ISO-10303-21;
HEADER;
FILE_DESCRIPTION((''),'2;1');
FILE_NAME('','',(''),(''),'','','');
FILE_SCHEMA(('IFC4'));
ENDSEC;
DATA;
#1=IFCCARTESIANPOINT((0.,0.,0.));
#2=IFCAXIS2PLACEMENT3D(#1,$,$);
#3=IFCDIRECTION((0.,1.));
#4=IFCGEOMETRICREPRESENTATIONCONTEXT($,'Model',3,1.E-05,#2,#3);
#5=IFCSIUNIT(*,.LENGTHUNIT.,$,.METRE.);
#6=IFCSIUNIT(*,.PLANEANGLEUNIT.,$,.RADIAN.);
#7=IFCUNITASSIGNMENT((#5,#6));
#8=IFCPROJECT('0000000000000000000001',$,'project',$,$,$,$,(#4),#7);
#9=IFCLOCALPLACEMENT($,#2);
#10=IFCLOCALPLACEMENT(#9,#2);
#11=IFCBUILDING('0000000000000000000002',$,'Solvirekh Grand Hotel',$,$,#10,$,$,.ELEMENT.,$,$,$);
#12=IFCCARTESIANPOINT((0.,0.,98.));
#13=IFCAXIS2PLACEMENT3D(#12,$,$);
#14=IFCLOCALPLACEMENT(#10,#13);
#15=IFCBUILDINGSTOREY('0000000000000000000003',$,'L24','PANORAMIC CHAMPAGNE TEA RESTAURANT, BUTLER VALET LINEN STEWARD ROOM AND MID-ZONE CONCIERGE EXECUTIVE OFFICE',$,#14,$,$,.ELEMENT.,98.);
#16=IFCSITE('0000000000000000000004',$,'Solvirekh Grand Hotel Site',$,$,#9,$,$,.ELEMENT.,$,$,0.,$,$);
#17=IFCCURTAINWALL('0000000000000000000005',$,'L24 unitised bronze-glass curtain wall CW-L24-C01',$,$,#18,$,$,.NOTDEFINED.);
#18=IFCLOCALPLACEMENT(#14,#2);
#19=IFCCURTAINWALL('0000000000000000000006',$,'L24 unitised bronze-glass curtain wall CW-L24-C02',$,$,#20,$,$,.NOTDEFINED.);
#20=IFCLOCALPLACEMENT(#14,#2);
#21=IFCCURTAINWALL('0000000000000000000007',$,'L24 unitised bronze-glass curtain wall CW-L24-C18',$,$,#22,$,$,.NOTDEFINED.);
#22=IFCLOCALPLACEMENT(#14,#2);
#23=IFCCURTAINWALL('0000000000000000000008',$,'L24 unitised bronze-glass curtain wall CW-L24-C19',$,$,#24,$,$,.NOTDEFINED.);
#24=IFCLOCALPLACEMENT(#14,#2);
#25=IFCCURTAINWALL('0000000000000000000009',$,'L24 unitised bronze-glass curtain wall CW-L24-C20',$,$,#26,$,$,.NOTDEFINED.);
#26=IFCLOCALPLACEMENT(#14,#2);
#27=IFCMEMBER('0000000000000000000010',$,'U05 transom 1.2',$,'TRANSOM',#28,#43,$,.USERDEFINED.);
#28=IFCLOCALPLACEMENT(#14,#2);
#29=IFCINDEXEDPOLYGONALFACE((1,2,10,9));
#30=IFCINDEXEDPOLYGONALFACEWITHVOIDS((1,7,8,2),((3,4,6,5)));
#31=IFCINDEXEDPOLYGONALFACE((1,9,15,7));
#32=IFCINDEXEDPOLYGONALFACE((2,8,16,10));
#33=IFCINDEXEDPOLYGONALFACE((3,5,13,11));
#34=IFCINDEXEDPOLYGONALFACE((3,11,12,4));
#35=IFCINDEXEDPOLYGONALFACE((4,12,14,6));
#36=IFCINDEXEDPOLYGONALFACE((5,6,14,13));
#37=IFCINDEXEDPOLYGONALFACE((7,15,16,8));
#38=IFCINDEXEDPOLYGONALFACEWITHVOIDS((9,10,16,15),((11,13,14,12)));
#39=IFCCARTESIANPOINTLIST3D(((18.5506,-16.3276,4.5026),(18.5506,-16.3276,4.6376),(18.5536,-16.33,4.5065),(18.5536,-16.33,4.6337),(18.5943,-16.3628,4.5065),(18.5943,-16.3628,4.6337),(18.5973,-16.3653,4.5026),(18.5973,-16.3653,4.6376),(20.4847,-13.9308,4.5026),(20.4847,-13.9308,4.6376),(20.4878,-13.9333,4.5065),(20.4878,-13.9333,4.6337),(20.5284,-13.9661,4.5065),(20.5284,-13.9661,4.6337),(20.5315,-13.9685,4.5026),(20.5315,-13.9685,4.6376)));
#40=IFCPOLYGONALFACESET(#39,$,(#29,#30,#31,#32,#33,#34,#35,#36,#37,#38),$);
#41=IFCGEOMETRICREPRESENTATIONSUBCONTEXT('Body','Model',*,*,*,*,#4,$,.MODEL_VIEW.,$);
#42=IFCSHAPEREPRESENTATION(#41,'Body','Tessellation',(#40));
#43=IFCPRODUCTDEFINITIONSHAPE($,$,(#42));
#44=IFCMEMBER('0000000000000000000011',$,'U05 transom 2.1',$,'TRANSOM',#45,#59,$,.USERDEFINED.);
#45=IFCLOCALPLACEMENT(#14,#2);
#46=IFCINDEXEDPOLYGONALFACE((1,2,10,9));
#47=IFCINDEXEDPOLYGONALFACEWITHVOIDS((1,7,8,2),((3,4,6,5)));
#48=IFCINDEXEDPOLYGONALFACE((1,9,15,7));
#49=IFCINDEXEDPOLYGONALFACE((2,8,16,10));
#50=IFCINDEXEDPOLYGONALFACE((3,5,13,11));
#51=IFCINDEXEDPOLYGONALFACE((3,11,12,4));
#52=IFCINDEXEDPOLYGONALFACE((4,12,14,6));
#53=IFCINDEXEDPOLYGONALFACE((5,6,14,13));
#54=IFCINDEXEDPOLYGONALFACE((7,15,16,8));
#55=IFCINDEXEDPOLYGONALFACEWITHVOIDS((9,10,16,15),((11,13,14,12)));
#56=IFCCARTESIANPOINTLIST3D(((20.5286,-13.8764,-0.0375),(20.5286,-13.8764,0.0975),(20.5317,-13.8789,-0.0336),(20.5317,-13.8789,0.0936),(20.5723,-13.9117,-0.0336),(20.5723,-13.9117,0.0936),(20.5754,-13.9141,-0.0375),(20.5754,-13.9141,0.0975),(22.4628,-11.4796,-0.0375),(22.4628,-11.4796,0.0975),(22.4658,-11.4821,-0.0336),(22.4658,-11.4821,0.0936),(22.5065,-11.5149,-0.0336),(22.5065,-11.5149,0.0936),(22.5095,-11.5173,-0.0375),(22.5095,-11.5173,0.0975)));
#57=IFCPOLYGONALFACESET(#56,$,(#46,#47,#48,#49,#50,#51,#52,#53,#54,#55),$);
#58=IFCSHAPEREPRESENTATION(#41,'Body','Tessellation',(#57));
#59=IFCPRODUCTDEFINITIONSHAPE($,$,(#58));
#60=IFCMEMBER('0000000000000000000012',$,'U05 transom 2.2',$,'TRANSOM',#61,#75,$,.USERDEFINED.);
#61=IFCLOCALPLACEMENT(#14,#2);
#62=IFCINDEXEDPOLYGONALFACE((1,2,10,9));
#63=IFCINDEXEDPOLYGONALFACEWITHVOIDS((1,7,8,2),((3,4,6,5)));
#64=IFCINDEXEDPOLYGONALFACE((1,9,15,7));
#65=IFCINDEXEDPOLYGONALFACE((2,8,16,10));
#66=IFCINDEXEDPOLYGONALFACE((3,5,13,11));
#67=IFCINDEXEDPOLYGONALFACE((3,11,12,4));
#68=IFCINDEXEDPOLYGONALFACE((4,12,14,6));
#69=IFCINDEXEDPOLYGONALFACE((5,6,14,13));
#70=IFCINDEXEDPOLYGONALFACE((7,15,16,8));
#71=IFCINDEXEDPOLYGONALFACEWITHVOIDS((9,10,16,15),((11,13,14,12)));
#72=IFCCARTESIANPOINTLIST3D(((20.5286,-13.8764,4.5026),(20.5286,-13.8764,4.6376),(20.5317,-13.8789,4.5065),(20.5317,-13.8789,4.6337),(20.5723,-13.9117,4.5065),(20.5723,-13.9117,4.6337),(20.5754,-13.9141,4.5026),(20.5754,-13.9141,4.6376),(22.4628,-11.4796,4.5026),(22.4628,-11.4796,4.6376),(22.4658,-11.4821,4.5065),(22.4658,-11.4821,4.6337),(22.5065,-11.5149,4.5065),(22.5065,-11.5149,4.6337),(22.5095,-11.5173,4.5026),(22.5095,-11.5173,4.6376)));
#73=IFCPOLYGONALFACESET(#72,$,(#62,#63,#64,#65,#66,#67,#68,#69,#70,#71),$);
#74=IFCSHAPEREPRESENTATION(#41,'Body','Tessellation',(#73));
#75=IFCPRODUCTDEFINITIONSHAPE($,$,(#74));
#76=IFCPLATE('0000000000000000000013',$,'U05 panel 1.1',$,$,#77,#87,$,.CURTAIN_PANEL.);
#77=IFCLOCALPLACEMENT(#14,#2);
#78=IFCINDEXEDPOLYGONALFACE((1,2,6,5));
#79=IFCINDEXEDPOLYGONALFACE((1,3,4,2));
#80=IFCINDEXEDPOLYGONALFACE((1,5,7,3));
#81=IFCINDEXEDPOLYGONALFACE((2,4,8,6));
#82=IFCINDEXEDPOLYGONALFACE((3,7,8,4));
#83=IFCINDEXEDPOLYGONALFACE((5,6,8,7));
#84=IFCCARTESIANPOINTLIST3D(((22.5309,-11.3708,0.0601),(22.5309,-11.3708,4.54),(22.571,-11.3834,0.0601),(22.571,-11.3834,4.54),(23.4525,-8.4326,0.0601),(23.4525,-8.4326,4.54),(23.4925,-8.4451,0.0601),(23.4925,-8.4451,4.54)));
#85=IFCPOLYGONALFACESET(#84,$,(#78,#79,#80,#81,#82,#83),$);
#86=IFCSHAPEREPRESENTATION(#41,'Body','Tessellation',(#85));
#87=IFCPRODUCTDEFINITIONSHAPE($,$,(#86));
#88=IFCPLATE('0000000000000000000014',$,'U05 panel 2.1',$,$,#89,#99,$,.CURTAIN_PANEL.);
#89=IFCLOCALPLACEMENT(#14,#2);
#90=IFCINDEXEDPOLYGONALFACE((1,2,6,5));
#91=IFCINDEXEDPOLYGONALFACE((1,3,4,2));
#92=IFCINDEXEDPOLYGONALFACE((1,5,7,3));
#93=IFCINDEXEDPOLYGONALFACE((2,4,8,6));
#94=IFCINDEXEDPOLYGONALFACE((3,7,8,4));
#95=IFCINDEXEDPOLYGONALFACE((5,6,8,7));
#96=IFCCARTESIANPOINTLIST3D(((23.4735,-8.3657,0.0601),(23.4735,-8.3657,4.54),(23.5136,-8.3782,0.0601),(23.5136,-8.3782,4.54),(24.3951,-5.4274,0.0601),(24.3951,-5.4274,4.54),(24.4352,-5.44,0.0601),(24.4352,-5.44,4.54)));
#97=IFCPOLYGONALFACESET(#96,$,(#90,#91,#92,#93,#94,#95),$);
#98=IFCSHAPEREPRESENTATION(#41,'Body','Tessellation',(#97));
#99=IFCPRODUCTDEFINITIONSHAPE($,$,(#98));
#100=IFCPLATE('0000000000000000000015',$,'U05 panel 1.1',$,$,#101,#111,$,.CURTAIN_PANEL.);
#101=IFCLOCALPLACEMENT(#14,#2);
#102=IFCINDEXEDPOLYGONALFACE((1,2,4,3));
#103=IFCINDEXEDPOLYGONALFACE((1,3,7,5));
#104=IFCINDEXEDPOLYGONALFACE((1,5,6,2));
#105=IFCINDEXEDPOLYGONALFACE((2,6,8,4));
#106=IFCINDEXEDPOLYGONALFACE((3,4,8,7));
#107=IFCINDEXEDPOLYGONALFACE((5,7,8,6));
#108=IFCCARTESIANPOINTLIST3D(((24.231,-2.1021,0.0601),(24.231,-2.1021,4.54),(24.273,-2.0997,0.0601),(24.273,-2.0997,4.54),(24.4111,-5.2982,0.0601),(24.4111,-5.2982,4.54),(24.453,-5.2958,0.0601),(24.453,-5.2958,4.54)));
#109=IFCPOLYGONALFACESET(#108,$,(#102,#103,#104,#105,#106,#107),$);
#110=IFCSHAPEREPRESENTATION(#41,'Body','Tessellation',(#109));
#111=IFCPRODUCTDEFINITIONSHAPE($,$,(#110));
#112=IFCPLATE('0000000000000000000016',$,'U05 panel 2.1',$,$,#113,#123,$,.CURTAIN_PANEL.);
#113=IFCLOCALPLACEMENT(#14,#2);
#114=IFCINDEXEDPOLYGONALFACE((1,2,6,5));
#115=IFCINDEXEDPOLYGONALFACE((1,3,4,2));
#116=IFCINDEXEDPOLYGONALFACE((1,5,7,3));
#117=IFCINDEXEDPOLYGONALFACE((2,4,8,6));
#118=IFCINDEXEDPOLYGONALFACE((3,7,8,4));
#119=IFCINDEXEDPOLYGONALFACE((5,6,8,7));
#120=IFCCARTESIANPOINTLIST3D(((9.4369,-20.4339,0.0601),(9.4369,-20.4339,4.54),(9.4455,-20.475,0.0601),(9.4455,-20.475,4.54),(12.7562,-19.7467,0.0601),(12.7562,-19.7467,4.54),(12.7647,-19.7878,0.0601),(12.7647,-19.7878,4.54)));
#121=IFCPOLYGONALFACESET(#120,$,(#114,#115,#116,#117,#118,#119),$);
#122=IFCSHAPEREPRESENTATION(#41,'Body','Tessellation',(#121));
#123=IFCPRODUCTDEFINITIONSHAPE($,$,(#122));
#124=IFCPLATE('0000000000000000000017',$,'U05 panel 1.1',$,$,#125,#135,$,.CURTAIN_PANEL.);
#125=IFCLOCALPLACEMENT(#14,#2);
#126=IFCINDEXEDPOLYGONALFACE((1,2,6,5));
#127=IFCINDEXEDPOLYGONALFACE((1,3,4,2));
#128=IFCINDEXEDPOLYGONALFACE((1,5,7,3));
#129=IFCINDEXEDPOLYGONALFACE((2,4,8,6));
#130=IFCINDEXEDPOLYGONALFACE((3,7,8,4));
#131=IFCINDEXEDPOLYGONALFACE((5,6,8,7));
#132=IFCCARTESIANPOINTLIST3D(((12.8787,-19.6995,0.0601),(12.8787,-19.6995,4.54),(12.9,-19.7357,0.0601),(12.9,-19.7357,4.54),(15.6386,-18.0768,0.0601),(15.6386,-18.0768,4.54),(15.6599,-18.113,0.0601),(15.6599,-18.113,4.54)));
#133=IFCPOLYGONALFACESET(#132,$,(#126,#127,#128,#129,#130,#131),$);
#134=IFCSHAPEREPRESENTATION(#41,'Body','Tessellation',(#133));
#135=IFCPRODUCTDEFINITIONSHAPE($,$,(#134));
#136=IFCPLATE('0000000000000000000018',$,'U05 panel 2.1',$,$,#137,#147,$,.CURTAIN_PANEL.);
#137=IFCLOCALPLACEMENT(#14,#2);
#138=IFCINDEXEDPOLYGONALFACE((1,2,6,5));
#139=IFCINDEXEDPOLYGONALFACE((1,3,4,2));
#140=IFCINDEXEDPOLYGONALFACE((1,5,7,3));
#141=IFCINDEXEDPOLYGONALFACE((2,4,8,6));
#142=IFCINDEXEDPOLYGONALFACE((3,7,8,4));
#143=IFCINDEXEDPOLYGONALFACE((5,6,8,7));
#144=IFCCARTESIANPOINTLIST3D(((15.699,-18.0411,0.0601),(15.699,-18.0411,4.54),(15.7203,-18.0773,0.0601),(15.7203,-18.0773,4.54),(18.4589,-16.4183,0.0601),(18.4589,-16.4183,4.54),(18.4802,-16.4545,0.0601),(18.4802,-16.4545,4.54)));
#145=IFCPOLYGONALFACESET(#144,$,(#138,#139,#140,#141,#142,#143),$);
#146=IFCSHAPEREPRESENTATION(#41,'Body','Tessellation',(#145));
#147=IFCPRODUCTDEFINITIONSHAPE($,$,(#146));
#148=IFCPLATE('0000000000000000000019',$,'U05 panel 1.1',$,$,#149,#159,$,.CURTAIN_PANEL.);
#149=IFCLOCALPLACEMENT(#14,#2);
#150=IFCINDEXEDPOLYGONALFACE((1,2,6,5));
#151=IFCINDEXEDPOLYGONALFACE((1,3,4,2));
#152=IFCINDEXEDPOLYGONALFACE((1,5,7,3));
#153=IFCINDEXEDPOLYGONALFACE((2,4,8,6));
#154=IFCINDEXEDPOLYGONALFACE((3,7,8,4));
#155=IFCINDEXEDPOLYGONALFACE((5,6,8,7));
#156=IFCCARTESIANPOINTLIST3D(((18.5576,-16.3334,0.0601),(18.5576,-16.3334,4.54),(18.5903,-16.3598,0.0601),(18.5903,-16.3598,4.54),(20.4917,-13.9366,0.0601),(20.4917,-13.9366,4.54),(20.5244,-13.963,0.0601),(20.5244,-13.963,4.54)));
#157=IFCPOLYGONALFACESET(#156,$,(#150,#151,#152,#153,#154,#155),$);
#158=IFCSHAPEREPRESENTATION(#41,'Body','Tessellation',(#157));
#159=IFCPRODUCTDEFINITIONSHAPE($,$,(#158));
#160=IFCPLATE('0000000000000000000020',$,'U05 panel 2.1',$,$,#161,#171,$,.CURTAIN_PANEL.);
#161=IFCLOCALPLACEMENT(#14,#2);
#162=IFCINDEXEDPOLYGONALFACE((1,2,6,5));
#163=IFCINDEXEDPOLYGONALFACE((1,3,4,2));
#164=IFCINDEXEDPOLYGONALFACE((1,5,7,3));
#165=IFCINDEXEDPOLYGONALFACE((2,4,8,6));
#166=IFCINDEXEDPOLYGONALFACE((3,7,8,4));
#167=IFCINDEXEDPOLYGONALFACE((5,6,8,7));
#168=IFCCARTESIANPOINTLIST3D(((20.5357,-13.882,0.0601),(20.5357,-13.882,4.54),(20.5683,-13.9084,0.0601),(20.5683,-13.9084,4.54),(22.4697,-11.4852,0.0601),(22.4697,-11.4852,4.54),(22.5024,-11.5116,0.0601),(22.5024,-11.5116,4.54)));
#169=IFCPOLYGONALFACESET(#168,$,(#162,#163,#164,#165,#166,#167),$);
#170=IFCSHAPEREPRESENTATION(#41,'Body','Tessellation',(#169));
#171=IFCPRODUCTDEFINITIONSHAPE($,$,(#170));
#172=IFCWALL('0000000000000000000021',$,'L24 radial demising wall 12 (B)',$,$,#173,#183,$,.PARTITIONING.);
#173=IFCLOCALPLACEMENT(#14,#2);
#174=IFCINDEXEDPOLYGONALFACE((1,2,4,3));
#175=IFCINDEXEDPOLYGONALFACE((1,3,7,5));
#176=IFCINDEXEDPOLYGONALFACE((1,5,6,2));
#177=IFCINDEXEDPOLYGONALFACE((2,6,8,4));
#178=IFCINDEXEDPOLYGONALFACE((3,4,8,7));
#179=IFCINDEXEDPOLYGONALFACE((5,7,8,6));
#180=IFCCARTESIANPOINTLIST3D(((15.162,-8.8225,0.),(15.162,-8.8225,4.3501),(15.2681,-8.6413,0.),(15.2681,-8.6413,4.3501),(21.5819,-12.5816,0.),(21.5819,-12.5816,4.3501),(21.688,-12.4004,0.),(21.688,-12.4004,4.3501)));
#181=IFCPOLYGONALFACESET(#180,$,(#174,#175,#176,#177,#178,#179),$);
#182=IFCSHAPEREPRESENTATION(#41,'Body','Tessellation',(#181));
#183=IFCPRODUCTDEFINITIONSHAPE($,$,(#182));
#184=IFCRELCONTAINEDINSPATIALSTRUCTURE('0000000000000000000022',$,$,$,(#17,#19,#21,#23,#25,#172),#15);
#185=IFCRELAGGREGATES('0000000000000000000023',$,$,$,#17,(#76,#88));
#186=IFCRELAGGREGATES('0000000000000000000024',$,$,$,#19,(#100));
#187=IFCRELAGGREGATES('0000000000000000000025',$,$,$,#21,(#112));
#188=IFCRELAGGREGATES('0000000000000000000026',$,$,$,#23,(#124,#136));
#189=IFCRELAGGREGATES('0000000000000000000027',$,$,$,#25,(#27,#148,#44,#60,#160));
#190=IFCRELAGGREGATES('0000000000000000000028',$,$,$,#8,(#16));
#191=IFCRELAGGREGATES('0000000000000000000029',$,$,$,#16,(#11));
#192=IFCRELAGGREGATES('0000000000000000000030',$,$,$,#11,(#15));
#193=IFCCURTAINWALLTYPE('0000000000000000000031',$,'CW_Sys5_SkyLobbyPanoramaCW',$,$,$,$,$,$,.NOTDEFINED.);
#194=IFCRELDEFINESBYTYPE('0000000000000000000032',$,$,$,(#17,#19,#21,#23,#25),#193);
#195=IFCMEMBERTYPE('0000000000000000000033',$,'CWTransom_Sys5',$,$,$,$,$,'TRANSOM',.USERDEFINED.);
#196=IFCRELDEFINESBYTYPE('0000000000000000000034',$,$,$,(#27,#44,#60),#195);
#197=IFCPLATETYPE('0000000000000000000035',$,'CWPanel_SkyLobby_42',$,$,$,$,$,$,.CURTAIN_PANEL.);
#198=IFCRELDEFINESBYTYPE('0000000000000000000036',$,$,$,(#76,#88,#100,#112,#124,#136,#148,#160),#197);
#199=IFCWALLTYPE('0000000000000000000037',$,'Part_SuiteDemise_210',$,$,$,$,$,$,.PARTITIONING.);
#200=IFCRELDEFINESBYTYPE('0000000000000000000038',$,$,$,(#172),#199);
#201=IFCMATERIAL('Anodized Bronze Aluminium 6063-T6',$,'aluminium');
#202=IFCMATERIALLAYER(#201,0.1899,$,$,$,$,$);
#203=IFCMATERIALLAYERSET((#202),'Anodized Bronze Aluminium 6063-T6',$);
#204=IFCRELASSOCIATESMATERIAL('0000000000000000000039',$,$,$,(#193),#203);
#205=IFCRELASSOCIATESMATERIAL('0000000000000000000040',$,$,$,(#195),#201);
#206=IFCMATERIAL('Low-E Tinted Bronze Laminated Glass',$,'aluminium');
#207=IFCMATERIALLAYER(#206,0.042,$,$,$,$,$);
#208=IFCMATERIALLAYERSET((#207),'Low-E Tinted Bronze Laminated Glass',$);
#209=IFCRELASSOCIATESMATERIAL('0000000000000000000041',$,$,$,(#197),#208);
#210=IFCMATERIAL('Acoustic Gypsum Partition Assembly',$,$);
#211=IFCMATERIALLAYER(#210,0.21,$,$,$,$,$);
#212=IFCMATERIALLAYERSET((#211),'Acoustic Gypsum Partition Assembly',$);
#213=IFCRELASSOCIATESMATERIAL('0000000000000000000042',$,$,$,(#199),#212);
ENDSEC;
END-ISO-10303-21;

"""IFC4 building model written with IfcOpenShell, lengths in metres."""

from ifc_helpers import new_model, si_unit, direction, frame, frame_2d, origin, origin_2d, place, context, subcontext, project, spatial, rectangle, hollow_rectangle, extrude, source, transform, mapped, material, layer, layer_set, material_profile, profile_set, type_object, element, aggregate, save


model = new_model("IFC4")

# Units and contexts
model_context = context("Model", 3, precision=1e-05, world=origin(), true_north=direction((0.0, 1.0)))
body_context = subcontext(model_context, "Body", "Model", "MODEL_VIEW")
ifc_project = project(units=[si_unit("LENGTHUNIT", "METRE"), si_unit("PLANEANGLEUNIT", "RADIAN")], contexts=[model_context])

# Site, building, storey
site_placement = place(None, origin())
site = spatial("IfcSite", under=ifc_project, at=site_placement, Name="Solvirekh Grand Hotel Site", CompositionType="ELEMENT", RefElevation=0.0)
building_placement = place(site_placement, origin())
building = spatial("IfcBuilding", under=site, at=building_placement, Name="Solvirekh Grand Hotel", CompositionType="ELEMENT")
storey_placement = place(building_placement, frame((0.0, 0.0, 98.0)))
storey = spatial("IfcBuildingStorey", under=building, at=storey_placement, Name="L24", Description="PANORAMIC CHAMPAGNE TEA RESTAURANT, BUTLER VALET LINEN STEWARD ROOM AND MID-ZONE CONCIERGE EXECUTIVE OFFICE", CompositionType="ELEMENT", Elevation=98.0)

# Curtain walls
ifc_material_1 = material(Name="Anodized Bronze Aluminium 6063-T6", Category="aluminium")
ifc_layer_1 = layer(ifc_material_1, 0.1899)
ifc_layer_set_1 = layer_set([ifc_layer_1], Name="Anodized Bronze Aluminium 6063-T6")
curtain_wall_type = type_object("IfcCurtainWallType", Name="CW_Sys5_SkyLobbyPanoramaCW", PredefinedType="NOTDEFINED", material=ifc_layer_set_1)
curtain_wall_1_placement = place(storey_placement, origin())
curtain_wall_1 = element("IfcCurtainWall", 1, at=curtain_wall_1_placement, inside=storey, type_object=curtain_wall_type, Name="L24 unitised bronze-glass curtain wall CW-L24-C01", PredefinedType="NOTDEFINED")
curtain_wall_2_placement = place(storey_placement, origin())
curtain_wall_2 = element("IfcCurtainWall", 2, at=curtain_wall_2_placement, inside=storey, type_object=curtain_wall_type, Name="L24 unitised bronze-glass curtain wall CW-L24-C02", PredefinedType="NOTDEFINED")

# Curtain wall
curtain_wall_3_placement = place(storey_placement, origin())
curtain_wall_3 = element("IfcCurtainWall", 3, at=curtain_wall_3_placement, inside=storey, type_object=curtain_wall_type, Name="L24 unitised bronze-glass curtain wall CW-L24-C18", PredefinedType="NOTDEFINED")

# Curtain walls
curtain_wall_4_placement = place(storey_placement, origin())
curtain_wall_4 = element("IfcCurtainWall", 4, at=curtain_wall_4_placement, inside=storey, type_object=curtain_wall_type, Name="L24 unitised bronze-glass curtain wall CW-L24-C19", PredefinedType="NOTDEFINED")
curtain_wall_5_placement = place(storey_placement, origin())
curtain_wall_5 = element("IfcCurtainWall", 5, at=curtain_wall_5_placement, inside=storey, type_object=curtain_wall_type, Name="L24 unitised bronze-glass curtain wall CW-L24-C20", PredefinedType="NOTDEFINED")

# Members
ifc_material_profile_1 = material_profile(ifc_material_1, hollow_rectangle(XDim=0.0601, YDim=0.135, WallThickness=0.0039, at=origin_2d()), Name="ALU RHS 135X60X4")
ifc_profile_set_1 = profile_set([ifc_material_profile_1], Name="Anodized Bronze Aluminium 6063-T6")
member_type_1 = type_object("IfcMemberType", Name="CWTransom_Sys5", ElementType="TRANSOM", PredefinedType="USERDEFINED", material=ifc_profile_set_1)
shared_shape_1 = source(origin(), body_context, "Body", "SweptSolid", [
    extrude(hollow_rectangle(XDim=0.0601, YDim=0.135, WallThickness=0.0039, at=origin_2d()), origin(), (0.0, 0.0, 1.0), 3.0798),
])
member_1_placement = place(storey_placement, frame((18.574, -16.3464, 4.5701), z_axis=(0.627996, 0.778217, 0.0), x_axis=(-0.778217, 0.627996, 0.0)))
member_1 = element("IfcMember", 6, at=member_1_placement, type_object=member_type_1, Name="U05 transom 1.2", ObjectType="TRANSOM", PredefinedType="USERDEFINED", context=body_context, shape_type="MappedRepresentation", body=[
    mapped(shared_shape_1, transform((0.0, 0.0, 0.0), x_axis=(1.0, 0.0, 0.0), y_axis=(0.0, 1.0, 0.0), z_axis=(0.0, 0.0, 1.0), scale=1.0)),
])
member_2_placement = place(storey_placement, frame((20.552, -13.8953, 0.03), z_axis=(0.627996, 0.778217, 0.0), x_axis=(-0.778217, 0.627996, 0.0)))
member_2 = element("IfcMember", 7, at=member_2_placement, type_object=member_type_1, Name="U05 transom 2.1", ObjectType="TRANSOM", PredefinedType="USERDEFINED", context=body_context, shape_type="MappedRepresentation", body=[
    mapped(shared_shape_1, transform((0.0, 0.0, 0.0), x_axis=(1.0, 0.0, 0.0), y_axis=(0.0, 1.0, 0.0), z_axis=(0.0, 0.0, 1.0), scale=1.0)),
])
member_3_placement = place(storey_placement, frame((20.552, -13.8953, 4.5701), z_axis=(0.627996, 0.778217, 0.0), x_axis=(-0.778217, 0.627996, 0.0)))
member_3 = element("IfcMember", 8, at=member_3_placement, type_object=member_type_1, Name="U05 transom 2.2", ObjectType="TRANSOM", PredefinedType="USERDEFINED", context=body_context, shape_type="MappedRepresentation", body=[
    mapped(shared_shape_1, transform((0.0, 0.0, 0.0), x_axis=(1.0, 0.0, 0.0), y_axis=(0.0, 1.0, 0.0), z_axis=(0.0, 0.0, 1.0), scale=1.0)),
])

# Plates
ifc_material_2 = material(Name="Low-E Tinted Bronze Laminated Glass", Category="aluminium")
ifc_layer_2 = layer(ifc_material_2, 0.042)
ifc_layer_set_2 = layer_set([ifc_layer_2], Name="Low-E Tinted Bronze Laminated Glass")
plate_type = type_object("IfcPlateType", Name="CWPanel_SkyLobby_42", PredefinedType="CURTAIN_PANEL", material=ifc_layer_set_2)
shared_shape_2 = source(origin(), body_context, "Body", "SweptSolid", [
    extrude(rectangle(XDim=3.0793, YDim=0.042, at=origin_2d()), origin(), (0.0, 0.0, 1.0), 4.48),
])
plate_1_placement = place(storey_placement, frame((23.0117, -9.908, 0.0601), z_axis=(0.0, 0.0, 1.0), x_axis=(0.299267, 0.954169, 0.0)))
plate_1 = element("IfcPlate", 9, at=plate_1_placement, type_object=plate_type, Name="U05 panel 1.1", PredefinedType="CURTAIN_PANEL", context=body_context, shape_type="MappedRepresentation", body=[
    mapped(shared_shape_2, transform((0.0, 0.0, 0.0), x_axis=(1.0, 0.0, 0.0), y_axis=(0.0, 1.0, 0.0), z_axis=(0.0, 0.0, 1.0), scale=1.0)),
])
plate_2_placement = place(storey_placement, frame((23.9543, -6.9028, 0.0601), z_axis=(0.0, 0.0, 1.0), x_axis=(0.299267, 0.954169, 0.0)))
plate_2 = element("IfcPlate", 10, at=plate_2_placement, type_object=plate_type, Name="U05 panel 2.1", PredefinedType="CURTAIN_PANEL", context=body_context, shape_type="MappedRepresentation", body=[
    mapped(shared_shape_2, transform((0.0, 0.0, 0.0), x_axis=(1.0, 0.0, 0.0), y_axis=(0.0, 1.0, 0.0), z_axis=(0.0, 0.0, 1.0), scale=1.0)),
])
aggregate(curtain_wall_1, [plate_1, plate_2])
shared_shape_3 = source(origin(), body_context, "Body", "SweptSolid", [
    extrude(rectangle(XDim=3.2012, YDim=0.042, at=origin_2d()), origin(), (0.0, 0.0, 1.0), 4.48),
])
plate_3_placement = place(storey_placement, frame((24.342, -3.699, 0.0601), z_axis=(0.0, 0.0, 1.0), x_axis=(-0.056257, 0.998416, 0.0)))
plate_3 = element("IfcPlate", 11, at=plate_3_placement, type_object=plate_type, Name="U05 panel 1.1", PredefinedType="CURTAIN_PANEL", context=body_context, shape_type="MappedRepresentation", body=[
    mapped(shared_shape_3, transform((0.0, 0.0, 0.0), x_axis=(1.0, 0.0, 0.0), y_axis=(0.0, 1.0, 0.0), z_axis=(0.0, 0.0, 1.0), scale=1.0)),
])
aggregate(curtain_wall_2, [plate_3])
shared_shape_4 = source(origin(), body_context, "Body", "SweptSolid", [
    extrude(rectangle(XDim=3.3896, YDim=0.042, at=origin_2d()), origin(), (0.0, 0.0, 1.0), 4.48),
])
plate_4_placement = place(storey_placement, frame((11.1008, -20.1108, 0.0601), z_axis=(0.0, 0.0, 1.0), x_axis=(0.979232, 0.202743, 0.0)))
plate_4 = element("IfcPlate", 12, at=plate_4_placement, type_object=plate_type, Name="U05 panel 2.1", PredefinedType="CURTAIN_PANEL", context=body_context, shape_type="MappedRepresentation", body=[
    mapped(shared_shape_4, transform((0.0, 0.0, 0.0), x_axis=(1.0, 0.0, 0.0), y_axis=(0.0, 1.0, 0.0), z_axis=(0.0, 0.0, 1.0), scale=1.0)),
])
aggregate(curtain_wall_3, [plate_4])
shared_shape_5 = source(origin(), body_context, "Body", "SweptSolid", [
    extrude(rectangle(XDim=3.2017, YDim=0.042, at=origin_2d()), origin(), (0.0, 0.0, 1.0), 4.48),
])
plate_5_placement = place(storey_placement, frame((14.2693, -18.9062, 0.0601), z_axis=(0.0, 0.0, 1.0), x_axis=(0.862035, 0.506848, 0.0)))
plate_5 = element("IfcPlate", 13, at=plate_5_placement, type_object=plate_type, Name="U05 panel 1.1", PredefinedType="CURTAIN_PANEL", context=body_context, shape_type="MappedRepresentation", body=[
    mapped(shared_shape_5, transform((0.0, 0.0, 0.0), x_axis=(1.0, 0.0, 0.0), y_axis=(0.0, 1.0, 0.0), z_axis=(0.0, 0.0, 1.0), scale=1.0)),
])
plate_6_placement = place(storey_placement, frame((17.0896, -17.2478, 0.0601), z_axis=(0.0, 0.0, 1.0), x_axis=(0.862035, 0.506848, 0.0)))
plate_6 = element("IfcPlate", 14, at=plate_6_placement, type_object=plate_type, Name="U05 panel 2.1", PredefinedType="CURTAIN_PANEL", context=body_context, shape_type="MappedRepresentation", body=[
    mapped(shared_shape_5, transform((0.0, 0.0, 0.0), x_axis=(1.0, 0.0, 0.0), y_axis=(0.0, 1.0, 0.0), z_axis=(0.0, 0.0, 1.0), scale=1.0)),
])
aggregate(curtain_wall_4, [plate_5, plate_6])
shared_shape_6 = source(origin(), body_context, "Body", "SweptSolid", [
    extrude(rectangle(XDim=3.0798, YDim=0.042, at=origin_2d()), origin(), (0.0, 0.0, 1.0), 4.48),
])
plate_7_placement = place(storey_placement, frame((19.541, -15.1482, 0.0601), z_axis=(0.0, 0.0, 1.0), x_axis=(0.627983, 0.778227, 0.0)))
plate_7 = element("IfcPlate", 15, at=plate_7_placement, type_object=plate_type, Name="U05 panel 1.1", PredefinedType="CURTAIN_PANEL", context=body_context, shape_type="MappedRepresentation", body=[
    mapped(shared_shape_6, transform((0.0, 0.0, 0.0), x_axis=(1.0, 0.0, 0.0), y_axis=(0.0, 1.0, 0.0), z_axis=(0.0, 0.0, 1.0), scale=1.0)),
])
plate_8_placement = place(storey_placement, frame((21.519, -12.6968, 0.0601), z_axis=(0.0, 0.0, 1.0), x_axis=(0.627983, 0.778227, 0.0)))
plate_8 = element("IfcPlate", 16, at=plate_8_placement, type_object=plate_type, Name="U05 panel 2.1", PredefinedType="CURTAIN_PANEL", context=body_context, shape_type="MappedRepresentation", body=[
    mapped(shared_shape_6, transform((0.0, 0.0, 0.0), x_axis=(1.0, 0.0, 0.0), y_axis=(0.0, 1.0, 0.0), z_axis=(0.0, 0.0, 1.0), scale=1.0)),
])
aggregate(curtain_wall_5, [member_1, plate_7, member_2, member_3, plate_8])

# Wall
ifc_material_3 = material(Name="Acoustic Gypsum Partition Assembly")
ifc_layer_3 = layer(ifc_material_3, 0.21)
ifc_layer_set_3 = layer_set([ifc_layer_3], Name="Acoustic Gypsum Partition Assembly")
wall_type = type_object("IfcWallType", Name="Part_SuiteDemise_210", PredefinedType="PARTITIONING", material=ifc_layer_set_3)
wall_placement = place(storey_placement, frame((15.2151, -8.7319, 0.0), z_axis=(0.0, 0.0, 1.0), x_axis=(0.862954, -0.505282, 0.0)))
element("IfcWall", 17, at=wall_placement, inside=storey, type_object=wall_type, Name="L24 radial demising wall 12 (B)", PredefinedType="PARTITIONING", context=body_context, shape_type="SweptSolid", body=[
    extrude(rectangle(XDim=7.4395, YDim=0.21, at=frame_2d((3.7197, 0.0))), origin(), (0.0, 0.0, 1.0), 4.3501),
])

save(model, "model.ifc")
